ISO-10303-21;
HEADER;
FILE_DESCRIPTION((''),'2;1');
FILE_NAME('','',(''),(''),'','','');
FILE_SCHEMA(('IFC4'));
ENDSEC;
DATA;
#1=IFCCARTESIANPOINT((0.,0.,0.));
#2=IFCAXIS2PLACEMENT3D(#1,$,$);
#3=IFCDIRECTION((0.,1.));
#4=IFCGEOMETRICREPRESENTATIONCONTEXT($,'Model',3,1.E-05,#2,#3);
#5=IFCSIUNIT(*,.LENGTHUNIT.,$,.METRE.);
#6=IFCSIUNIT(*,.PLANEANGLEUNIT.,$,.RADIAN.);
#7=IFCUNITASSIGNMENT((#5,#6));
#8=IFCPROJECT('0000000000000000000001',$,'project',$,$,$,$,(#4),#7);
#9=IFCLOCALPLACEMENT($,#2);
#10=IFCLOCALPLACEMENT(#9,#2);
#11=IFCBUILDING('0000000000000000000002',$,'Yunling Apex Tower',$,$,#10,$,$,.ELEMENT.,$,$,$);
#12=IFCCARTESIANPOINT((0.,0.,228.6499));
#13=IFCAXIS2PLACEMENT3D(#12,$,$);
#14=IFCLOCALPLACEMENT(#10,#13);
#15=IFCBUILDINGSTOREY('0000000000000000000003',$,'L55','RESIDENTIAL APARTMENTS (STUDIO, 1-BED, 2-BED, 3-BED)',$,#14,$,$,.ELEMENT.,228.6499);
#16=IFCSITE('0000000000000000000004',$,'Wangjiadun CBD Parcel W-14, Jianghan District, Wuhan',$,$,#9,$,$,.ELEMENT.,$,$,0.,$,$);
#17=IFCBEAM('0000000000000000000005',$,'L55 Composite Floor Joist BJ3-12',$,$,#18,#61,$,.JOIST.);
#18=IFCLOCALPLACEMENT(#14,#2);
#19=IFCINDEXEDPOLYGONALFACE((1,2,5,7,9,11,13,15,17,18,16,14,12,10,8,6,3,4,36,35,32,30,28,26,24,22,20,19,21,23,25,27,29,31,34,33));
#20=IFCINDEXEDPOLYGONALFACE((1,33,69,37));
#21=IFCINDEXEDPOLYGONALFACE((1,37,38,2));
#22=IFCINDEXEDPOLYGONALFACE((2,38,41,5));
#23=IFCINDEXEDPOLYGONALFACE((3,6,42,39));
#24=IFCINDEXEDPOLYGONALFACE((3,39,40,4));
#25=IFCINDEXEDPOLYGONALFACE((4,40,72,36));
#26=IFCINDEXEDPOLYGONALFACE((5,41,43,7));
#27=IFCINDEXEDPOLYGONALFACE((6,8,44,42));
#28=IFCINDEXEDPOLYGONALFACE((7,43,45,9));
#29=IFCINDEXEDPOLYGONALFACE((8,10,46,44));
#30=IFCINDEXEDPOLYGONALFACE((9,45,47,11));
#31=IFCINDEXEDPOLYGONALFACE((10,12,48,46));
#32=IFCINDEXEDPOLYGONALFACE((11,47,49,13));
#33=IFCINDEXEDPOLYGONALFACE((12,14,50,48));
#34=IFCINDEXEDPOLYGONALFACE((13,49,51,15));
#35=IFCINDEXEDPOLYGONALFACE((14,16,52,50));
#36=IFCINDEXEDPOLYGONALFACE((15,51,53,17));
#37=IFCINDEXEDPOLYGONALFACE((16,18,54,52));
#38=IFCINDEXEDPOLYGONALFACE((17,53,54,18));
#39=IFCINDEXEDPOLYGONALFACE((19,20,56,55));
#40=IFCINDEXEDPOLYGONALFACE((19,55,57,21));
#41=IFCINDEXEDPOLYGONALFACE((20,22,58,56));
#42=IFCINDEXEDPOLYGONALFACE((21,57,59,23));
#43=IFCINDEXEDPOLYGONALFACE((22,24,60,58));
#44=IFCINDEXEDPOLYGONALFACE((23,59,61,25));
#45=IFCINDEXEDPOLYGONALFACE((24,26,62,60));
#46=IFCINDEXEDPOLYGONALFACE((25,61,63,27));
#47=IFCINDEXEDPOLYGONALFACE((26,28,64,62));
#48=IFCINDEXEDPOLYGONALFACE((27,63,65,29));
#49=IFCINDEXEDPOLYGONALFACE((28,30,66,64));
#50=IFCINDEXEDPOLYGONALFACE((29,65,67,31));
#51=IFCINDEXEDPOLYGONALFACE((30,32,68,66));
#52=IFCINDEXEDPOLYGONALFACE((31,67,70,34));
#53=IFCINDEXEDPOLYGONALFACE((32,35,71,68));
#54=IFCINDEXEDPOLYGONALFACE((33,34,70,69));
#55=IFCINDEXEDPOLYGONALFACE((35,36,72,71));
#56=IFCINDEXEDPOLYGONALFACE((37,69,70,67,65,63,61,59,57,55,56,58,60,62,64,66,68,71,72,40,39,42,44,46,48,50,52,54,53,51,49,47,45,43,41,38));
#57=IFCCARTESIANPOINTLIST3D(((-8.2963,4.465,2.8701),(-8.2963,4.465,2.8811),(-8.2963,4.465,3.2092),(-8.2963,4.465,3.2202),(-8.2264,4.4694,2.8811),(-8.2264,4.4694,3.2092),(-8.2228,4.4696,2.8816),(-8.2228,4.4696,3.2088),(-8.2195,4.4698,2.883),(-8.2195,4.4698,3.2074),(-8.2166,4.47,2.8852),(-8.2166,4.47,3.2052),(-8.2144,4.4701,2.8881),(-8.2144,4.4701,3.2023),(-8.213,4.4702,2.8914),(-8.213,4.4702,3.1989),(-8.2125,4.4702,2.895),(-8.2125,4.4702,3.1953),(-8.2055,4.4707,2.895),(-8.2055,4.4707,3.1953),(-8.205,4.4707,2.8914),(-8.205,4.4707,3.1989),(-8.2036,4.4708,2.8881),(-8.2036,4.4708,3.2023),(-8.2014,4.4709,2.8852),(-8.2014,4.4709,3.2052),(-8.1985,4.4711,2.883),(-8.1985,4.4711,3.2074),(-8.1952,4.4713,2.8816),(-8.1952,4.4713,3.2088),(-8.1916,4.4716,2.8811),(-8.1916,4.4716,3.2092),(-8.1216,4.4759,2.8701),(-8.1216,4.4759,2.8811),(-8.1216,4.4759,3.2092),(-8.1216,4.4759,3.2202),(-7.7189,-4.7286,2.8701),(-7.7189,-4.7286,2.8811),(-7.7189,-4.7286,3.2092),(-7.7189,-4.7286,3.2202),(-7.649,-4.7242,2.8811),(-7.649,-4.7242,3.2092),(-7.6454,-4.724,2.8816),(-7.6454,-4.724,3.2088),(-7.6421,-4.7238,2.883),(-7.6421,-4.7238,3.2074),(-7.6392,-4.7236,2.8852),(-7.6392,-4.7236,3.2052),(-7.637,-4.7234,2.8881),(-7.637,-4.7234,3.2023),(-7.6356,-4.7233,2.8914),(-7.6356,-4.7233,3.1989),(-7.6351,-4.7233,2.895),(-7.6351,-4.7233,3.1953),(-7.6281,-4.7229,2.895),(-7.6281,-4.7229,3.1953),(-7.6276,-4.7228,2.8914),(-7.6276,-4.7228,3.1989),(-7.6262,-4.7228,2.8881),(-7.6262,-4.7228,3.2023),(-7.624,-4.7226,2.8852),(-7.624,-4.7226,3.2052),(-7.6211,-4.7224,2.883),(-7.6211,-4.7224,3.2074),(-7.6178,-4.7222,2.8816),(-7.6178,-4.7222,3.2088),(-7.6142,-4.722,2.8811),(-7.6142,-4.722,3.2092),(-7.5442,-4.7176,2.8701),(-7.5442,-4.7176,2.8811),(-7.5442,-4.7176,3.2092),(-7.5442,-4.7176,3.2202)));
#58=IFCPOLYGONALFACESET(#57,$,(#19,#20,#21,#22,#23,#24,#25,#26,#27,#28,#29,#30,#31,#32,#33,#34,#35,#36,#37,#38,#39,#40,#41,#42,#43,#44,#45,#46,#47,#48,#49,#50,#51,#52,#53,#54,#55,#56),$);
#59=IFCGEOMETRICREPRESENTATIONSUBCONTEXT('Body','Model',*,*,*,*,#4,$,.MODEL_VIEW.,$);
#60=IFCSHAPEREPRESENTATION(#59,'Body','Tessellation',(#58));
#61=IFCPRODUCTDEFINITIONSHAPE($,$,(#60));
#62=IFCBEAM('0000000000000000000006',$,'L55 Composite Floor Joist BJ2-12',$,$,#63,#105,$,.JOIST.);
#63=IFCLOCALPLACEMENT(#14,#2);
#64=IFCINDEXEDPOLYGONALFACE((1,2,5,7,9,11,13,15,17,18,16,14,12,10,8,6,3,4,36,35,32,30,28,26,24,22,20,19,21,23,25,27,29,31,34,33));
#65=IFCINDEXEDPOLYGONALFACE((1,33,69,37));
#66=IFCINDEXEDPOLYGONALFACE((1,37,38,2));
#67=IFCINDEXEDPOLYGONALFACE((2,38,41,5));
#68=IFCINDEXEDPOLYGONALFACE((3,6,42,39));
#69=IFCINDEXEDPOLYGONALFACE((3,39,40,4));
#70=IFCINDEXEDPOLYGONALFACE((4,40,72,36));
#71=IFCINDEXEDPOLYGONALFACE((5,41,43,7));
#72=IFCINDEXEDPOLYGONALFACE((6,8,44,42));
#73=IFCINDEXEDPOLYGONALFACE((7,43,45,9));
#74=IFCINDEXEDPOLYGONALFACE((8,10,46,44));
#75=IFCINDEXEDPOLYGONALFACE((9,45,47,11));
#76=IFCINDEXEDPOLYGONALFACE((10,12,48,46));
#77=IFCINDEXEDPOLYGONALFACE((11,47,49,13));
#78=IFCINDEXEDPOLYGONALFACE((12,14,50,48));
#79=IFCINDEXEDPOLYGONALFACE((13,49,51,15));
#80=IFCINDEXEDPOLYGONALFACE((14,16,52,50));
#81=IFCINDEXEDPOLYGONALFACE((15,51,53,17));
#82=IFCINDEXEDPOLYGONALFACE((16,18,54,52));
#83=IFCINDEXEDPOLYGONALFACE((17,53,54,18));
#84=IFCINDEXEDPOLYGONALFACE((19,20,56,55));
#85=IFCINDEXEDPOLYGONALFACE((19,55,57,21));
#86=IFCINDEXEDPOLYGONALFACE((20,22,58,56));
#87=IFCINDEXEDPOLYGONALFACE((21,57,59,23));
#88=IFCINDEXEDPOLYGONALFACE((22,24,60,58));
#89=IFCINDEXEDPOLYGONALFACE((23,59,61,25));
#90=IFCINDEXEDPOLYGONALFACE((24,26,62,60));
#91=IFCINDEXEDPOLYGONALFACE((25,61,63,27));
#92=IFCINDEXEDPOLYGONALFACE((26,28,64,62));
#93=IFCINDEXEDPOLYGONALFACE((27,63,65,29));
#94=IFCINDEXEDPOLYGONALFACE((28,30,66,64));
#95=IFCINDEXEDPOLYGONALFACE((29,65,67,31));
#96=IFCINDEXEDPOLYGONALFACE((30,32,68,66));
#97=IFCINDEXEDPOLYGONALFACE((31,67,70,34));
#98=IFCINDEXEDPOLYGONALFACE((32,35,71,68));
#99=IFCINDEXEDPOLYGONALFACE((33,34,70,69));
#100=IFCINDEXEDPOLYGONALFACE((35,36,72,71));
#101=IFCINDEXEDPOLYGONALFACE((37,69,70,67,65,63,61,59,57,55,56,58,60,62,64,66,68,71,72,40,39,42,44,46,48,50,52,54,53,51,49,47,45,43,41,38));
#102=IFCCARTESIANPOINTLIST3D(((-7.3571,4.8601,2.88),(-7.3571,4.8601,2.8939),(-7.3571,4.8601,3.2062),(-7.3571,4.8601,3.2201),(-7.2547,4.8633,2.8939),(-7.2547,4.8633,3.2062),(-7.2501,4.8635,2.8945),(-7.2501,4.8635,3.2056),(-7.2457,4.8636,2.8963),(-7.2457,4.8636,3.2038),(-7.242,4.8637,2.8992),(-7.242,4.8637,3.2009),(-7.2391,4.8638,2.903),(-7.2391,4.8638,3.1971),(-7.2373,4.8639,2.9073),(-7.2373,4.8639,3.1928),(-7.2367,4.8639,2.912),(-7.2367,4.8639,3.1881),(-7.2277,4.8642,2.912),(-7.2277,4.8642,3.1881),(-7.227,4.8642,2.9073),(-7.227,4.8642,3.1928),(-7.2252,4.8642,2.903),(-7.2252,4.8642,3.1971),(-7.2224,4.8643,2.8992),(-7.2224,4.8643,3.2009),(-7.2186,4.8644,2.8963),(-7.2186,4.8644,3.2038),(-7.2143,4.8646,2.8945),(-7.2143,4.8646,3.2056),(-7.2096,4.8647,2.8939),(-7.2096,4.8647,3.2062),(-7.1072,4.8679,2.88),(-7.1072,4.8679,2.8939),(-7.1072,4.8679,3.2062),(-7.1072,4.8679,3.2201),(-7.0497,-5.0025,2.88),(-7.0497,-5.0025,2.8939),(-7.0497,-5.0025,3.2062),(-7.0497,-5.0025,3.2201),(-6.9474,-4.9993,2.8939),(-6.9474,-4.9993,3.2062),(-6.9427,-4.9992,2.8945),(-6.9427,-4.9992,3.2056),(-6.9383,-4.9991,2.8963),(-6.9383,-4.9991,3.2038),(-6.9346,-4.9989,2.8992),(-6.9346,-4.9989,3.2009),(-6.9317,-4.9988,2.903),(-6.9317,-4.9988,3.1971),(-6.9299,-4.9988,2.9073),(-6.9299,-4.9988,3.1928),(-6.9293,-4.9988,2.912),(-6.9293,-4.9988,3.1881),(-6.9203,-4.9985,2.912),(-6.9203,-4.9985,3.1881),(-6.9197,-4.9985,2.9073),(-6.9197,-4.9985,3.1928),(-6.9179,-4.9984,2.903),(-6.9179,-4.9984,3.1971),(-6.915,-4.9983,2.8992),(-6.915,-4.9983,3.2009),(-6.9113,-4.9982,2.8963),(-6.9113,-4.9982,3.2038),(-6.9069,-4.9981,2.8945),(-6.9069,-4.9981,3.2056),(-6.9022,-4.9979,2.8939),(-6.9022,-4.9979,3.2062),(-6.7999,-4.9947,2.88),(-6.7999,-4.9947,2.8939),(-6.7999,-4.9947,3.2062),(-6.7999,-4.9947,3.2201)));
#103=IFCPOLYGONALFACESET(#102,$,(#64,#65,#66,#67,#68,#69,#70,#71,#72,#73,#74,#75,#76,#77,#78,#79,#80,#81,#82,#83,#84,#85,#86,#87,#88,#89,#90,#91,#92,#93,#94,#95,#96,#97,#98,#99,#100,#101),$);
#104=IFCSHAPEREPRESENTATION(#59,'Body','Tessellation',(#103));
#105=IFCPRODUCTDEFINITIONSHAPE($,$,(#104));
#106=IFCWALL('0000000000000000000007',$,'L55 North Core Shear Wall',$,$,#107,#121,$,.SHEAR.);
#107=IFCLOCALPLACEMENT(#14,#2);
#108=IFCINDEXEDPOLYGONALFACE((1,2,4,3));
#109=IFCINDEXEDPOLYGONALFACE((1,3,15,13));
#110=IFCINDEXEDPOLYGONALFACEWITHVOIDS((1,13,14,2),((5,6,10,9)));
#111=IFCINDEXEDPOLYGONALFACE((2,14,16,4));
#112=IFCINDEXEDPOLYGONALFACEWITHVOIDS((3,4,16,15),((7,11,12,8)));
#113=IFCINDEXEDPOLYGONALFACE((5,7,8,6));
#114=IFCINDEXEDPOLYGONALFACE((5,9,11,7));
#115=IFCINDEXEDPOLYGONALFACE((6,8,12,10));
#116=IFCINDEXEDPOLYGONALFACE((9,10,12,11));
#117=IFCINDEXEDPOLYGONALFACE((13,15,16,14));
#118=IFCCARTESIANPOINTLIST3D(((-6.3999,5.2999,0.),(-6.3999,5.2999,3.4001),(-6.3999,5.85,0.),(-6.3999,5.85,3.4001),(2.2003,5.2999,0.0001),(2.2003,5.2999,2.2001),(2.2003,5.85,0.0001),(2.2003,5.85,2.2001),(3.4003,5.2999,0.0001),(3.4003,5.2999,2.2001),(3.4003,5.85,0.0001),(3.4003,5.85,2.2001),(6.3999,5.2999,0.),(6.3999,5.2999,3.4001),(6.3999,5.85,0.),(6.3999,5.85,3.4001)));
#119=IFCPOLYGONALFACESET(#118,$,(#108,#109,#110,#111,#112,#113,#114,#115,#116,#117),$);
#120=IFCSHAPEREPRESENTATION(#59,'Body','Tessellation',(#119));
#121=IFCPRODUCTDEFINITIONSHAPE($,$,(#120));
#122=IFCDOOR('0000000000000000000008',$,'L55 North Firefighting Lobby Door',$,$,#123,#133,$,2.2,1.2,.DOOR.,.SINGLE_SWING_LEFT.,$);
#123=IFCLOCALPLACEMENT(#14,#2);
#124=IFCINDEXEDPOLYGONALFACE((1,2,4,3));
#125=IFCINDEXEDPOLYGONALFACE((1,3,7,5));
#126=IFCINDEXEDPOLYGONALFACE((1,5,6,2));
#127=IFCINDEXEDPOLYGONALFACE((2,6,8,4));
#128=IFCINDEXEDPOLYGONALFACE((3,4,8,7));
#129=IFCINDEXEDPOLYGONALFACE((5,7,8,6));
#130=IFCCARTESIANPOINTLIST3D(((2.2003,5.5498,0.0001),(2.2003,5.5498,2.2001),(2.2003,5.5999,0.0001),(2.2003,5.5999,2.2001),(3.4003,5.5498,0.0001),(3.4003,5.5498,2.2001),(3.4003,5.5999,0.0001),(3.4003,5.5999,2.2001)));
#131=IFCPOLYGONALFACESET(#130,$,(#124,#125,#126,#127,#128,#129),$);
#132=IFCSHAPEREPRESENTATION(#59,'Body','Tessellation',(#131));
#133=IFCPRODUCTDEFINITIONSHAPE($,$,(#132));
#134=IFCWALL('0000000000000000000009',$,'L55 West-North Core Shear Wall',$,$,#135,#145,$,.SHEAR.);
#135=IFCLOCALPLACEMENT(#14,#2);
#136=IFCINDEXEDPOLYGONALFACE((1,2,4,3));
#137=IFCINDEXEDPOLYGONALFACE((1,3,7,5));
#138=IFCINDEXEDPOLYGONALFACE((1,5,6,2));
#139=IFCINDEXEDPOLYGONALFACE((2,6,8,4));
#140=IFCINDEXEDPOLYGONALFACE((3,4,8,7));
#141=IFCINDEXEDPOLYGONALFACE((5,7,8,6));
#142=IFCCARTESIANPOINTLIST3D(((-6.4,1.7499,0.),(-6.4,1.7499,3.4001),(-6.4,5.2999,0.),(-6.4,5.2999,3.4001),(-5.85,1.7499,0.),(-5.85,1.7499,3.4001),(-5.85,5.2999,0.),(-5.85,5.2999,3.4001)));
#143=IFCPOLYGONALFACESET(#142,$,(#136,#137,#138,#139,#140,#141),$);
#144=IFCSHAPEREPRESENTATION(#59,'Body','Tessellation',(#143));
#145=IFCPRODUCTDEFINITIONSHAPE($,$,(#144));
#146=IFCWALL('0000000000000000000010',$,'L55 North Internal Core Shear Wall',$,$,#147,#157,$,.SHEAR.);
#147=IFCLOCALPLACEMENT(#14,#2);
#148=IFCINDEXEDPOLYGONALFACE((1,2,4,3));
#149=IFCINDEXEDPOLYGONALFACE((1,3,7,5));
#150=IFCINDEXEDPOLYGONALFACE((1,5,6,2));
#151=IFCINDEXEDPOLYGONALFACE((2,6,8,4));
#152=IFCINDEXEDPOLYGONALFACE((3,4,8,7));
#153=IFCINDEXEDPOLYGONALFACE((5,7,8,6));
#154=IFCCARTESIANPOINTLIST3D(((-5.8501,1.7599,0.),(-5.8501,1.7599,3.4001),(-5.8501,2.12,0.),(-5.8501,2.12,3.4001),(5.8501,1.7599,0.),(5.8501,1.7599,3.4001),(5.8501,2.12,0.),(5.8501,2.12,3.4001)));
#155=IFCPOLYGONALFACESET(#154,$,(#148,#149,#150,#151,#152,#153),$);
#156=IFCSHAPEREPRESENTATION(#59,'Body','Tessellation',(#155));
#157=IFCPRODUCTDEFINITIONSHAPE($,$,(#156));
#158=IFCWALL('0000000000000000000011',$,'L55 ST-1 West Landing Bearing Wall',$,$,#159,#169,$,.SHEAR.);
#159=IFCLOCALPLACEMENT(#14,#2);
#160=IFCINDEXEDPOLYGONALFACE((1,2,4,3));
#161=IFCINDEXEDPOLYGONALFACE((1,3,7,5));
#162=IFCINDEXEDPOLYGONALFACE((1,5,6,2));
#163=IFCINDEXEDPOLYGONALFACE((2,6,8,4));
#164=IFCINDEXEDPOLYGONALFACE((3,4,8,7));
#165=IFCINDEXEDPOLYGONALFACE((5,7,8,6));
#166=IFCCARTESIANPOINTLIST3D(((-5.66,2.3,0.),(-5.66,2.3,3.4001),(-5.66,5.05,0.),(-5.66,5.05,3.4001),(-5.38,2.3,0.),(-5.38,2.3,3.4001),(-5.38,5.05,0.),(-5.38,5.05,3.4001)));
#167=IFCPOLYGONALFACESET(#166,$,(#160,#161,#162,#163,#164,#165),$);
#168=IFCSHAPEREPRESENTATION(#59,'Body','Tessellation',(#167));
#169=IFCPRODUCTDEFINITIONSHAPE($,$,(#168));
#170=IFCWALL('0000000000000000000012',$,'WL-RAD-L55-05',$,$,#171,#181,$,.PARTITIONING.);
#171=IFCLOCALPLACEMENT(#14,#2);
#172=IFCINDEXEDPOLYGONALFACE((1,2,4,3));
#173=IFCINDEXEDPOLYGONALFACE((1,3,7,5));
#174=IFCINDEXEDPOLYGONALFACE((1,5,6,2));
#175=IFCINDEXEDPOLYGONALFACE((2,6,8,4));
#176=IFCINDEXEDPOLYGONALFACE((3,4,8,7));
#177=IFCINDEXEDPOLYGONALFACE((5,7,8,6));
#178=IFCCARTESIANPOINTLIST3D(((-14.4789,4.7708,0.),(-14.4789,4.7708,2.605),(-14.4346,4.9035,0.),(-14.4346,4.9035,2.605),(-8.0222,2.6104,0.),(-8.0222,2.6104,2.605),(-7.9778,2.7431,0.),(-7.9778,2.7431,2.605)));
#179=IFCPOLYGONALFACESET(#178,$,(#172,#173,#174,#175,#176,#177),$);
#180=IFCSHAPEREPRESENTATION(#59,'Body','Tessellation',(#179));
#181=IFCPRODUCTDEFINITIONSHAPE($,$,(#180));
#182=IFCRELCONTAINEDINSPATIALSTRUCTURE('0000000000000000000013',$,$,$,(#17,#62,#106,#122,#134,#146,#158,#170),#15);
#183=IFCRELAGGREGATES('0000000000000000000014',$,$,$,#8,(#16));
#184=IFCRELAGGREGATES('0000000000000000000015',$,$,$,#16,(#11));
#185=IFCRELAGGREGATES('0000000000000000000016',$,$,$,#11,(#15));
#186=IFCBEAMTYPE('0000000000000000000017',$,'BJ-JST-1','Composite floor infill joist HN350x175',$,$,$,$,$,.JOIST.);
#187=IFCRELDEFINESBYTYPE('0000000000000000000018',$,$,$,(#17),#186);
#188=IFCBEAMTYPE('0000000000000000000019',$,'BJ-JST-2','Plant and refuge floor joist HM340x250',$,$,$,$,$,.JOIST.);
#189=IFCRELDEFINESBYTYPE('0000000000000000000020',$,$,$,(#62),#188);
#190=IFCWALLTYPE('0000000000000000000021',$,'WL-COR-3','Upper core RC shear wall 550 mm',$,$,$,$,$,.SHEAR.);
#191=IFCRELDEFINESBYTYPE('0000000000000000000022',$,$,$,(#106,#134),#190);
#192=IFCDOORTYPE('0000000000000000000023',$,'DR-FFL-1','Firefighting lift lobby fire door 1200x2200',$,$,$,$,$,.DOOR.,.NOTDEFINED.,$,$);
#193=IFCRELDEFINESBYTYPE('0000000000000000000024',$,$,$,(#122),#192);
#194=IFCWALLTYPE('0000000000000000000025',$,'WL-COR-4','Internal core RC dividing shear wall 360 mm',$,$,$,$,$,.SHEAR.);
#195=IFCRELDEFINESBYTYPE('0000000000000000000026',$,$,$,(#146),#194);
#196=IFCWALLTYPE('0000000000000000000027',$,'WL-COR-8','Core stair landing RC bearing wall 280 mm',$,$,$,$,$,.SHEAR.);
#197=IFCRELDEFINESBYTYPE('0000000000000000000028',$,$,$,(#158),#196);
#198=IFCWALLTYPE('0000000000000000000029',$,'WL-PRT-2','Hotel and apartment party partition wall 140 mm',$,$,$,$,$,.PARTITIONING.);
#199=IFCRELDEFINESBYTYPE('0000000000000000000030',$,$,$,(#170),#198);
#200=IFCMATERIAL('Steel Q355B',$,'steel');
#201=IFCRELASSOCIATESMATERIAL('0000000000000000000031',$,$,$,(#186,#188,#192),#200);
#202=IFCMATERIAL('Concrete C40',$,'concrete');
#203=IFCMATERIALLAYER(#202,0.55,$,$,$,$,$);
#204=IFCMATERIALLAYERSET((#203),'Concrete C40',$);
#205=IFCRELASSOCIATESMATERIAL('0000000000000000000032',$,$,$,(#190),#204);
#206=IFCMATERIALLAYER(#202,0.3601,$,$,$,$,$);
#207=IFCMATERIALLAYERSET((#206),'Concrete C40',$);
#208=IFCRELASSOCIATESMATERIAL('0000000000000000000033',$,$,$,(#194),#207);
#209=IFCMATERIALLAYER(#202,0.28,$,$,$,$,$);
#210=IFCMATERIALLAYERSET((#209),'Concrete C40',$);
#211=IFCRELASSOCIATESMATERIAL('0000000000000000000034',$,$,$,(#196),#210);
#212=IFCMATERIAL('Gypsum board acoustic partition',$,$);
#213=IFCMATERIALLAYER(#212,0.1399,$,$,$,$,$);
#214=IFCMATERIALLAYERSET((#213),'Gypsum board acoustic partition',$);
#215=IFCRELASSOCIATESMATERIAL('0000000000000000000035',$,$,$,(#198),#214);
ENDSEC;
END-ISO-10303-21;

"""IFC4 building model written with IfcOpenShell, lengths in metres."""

from ifc_helpers import new_model, si_unit, direction, frame, frame_2d, origin, origin_2d, place, context, subcontext, project, spatial, rectangle, i_section, extrude, source, transform, mapped, material, layer, layer_set, material_profile, profile_set, type_object, element, fill, save


model = new_model("IFC4")

# Units and contexts
model_context = context("Model", 3, precision=1e-05, world=origin(), true_north=direction((0.0, 1.0)))
body_context = subcontext(model_context, "Body", "Model", "MODEL_VIEW")
ifc_project = project(units=[si_unit("LENGTHUNIT", "METRE"), si_unit("PLANEANGLEUNIT", "RADIAN")], contexts=[model_context])

# Site, building, storey
site_placement = place(None, origin())
site = spatial("IfcSite", under=ifc_project, at=site_placement, Name="Wangjiadun CBD Parcel W-14, Jianghan District, Wuhan", CompositionType="ELEMENT", RefElevation=0.0)
building_placement = place(site_placement, origin())
building = spatial("IfcBuilding", under=site, at=building_placement, Name="Yunling Apex Tower", CompositionType="ELEMENT")
storey_placement = place(building_placement, frame((0.0, 0.0, 228.6499)))
storey = spatial("IfcBuildingStorey", under=building, at=storey_placement, Name="L55", Description="RESIDENTIAL APARTMENTS (STUDIO, 1-BED, 2-BED, 3-BED)", CompositionType="ELEMENT", Elevation=228.6499)

# Beams
ifc_material_1 = material(Name="Steel Q355B", Category="steel")
ifc_material_profile_1 = material_profile(ifc_material_1, i_section(OverallWidth=0.175, OverallDepth=0.3501, WebThickness=0.0071, FlangeThickness=0.011, FilletRadius=0.0139, at=origin_2d()))
ifc_profile_set_1 = profile_set([ifc_material_profile_1], Name="Steel Q355B")
beam_type_1 = type_object("IfcBeamType", Name="BJ-JST-1", Description="Composite floor infill joist HN350x175", PredefinedType="JOIST", material=ifc_profile_set_1)
shared_shape_1 = source(origin(), body_context, "Body", "SweptSolid", [
    extrude(i_section(OverallWidth=0.175, OverallDepth=0.3501, WebThickness=0.0071, FlangeThickness=0.011, FilletRadius=0.0139, at=origin_2d()), origin(), (0.0, 0.0, 1.0), 9.2117),
])
beam_1_placement = place(storey_placement, frame((-8.209, 4.4705, 3.0452), z_axis=(0.06268, -0.998034, 0.0), x_axis=(0.998034, 0.06268, 0.0)))
element("IfcBeam", 1, at=beam_1_placement, inside=storey, type_object=beam_type_1, Name="L55 Composite Floor Joist BJ3-12", PredefinedType="JOIST", context=body_context, shape_type="MappedRepresentation", body=[
    mapped(shared_shape_1, transform((0.0, 0.0, 0.0), scale=1.0)),
])
ifc_material_profile_2 = material_profile(ifc_material_1, i_section(OverallWidth=0.25, OverallDepth=0.3401, WebThickness=0.009, FlangeThickness=0.0139, FilletRadius=0.0181, at=origin_2d()))
ifc_profile_set_2 = profile_set([ifc_material_profile_2], Name="Steel Q355B")
beam_type_2 = type_object("IfcBeamType", Name="BJ-JST-2", Description="Plant and refuge floor joist HM340x250", PredefinedType="JOIST", material=ifc_profile_set_2)
shared_shape_2 = source(origin(), body_context, "Body", "SweptSolid", [
    extrude(i_section(OverallWidth=0.25, OverallDepth=0.3401, WebThickness=0.009, FlangeThickness=0.0139, FilletRadius=0.0181, at=origin_2d()), origin(), (0.0, 0.0, 1.0), 9.8674),
])
beam_2_placement = place(storey_placement, frame((-7.2322, 4.864, 3.05), z_axis=(0.031151, -0.999515, 0.0), x_axis=(0.999515, 0.031151, 0.0)))
element("IfcBeam", 2, at=beam_2_placement, inside=storey, type_object=beam_type_2, Name="L55 Composite Floor Joist BJ2-12", PredefinedType="JOIST", context=body_context, shape_type="MappedRepresentation", body=[
    mapped(shared_shape_2, transform((0.0, 0.0, 0.0), scale=1.0)),
])

# Wall, opening, door
ifc_material_2 = material(Name="Concrete C40", Category="concrete")
ifc_layer_1 = layer(ifc_material_2, 0.55)
ifc_layer_set_1 = layer_set([ifc_layer_1], Name="Concrete C40")
wall_type_1 = type_object("IfcWallType", Name="WL-COR-3", Description="Upper core RC shear wall 550 mm", PredefinedType="SHEAR", material=ifc_layer_set_1)
wall_1_placement = place(storey_placement, frame((-6.3999, 5.575, 0.0), z_axis=(0.0, 0.0, 1.0), x_axis=(1.0, 0.0, 0.0)))
wall_1 = element("IfcWall", 3, at=wall_1_placement, inside=storey, type_object=wall_type_1, Name="L55 North Core Shear Wall", PredefinedType="SHEAR", context=body_context, shape_type="SweptSolid", body=[
    extrude(rectangle(XDim=12.7998, YDim=0.55, at=frame_2d((6.3999, 0.0))), origin(), (0.0, 0.0, 1.0), 3.4001),
])
opening_placement = place(wall_1_placement, frame((8.6001, 0.0, 0.0)))
opening = element("IfcOpeningElement", 4, at=opening_placement, cuts=wall_1, PredefinedType="OPENING", context=body_context, shape_type="SweptSolid", body=[
    extrude(rectangle(XDim=1.2, YDim=2.2, at=frame_2d((0.6001, 1.1001))), frame((0.0, 0.2852, 0.0), z_axis=(0.0, -1.0, 0.0), x_axis=(1.0, 0.0, 0.0)), (0.0, 0.0, 1.0), 0.5701),
])
door_type = type_object("IfcDoorType", Name="DR-FFL-1", Description="Firefighting lift lobby fire door 1200x2200", OperationType="NOTDEFINED", PredefinedType="DOOR", material=ifc_material_1)
door_placement = place(opening_placement, origin())
door = element("IfcDoor", 5, at=door_placement, inside=storey, type_object=door_type, Name="L55 North Firefighting Lobby Door", OperationType="SINGLE_SWING_LEFT", OverallHeight=2.2, OverallWidth=1.2, PredefinedType="DOOR", context=body_context, shape_type="SweptSolid", body=[
    extrude(rectangle(XDim=1.2, YDim=2.2, at=frame_2d((0.6001, 1.1001))), frame((0.0, 0.0249, 0.0), z_axis=(0.0, -1.0, 0.0), x_axis=(1.0, 0.0, 0.0)), (0.0, 0.0, 1.0), 0.05),
])
fill(opening, door)

# Walls
wall_2_placement = place(storey_placement, frame((-6.125, 1.75, 0.0), z_axis=(0.0, 0.0, 1.0), x_axis=(0.0, 1.0, 0.0)))
element("IfcWall", 6, at=wall_2_placement, inside=storey, type_object=wall_type_1, Name="L55 West-North Core Shear Wall", PredefinedType="SHEAR", context=body_context, shape_type="SweptSolid", body=[
    extrude(rectangle(XDim=3.55, YDim=0.55, at=frame_2d((1.7749, 0.0))), origin(), (0.0, 0.0, 1.0), 3.4001),
])
ifc_layer_2 = layer(ifc_material_2, 0.3601)
ifc_layer_set_2 = layer_set([ifc_layer_2], Name="Concrete C40")
wall_type_2 = type_object("IfcWallType", Name="WL-COR-4", Description="Internal core RC dividing shear wall 360 mm", PredefinedType="SHEAR", material=ifc_layer_set_2)
wall_3_placement = place(storey_placement, frame((-5.8501, 1.9399, 0.0), z_axis=(0.0, 0.0, 1.0), x_axis=(1.0, 0.0, 0.0)))
element("IfcWall", 7, at=wall_3_placement, inside=storey, type_object=wall_type_2, Name="L55 North Internal Core Shear Wall", PredefinedType="SHEAR", context=body_context, shape_type="SweptSolid", body=[
    extrude(rectangle(XDim=11.7002, YDim=0.3601, at=frame_2d((5.8501, 0.0))), origin(), (0.0, 0.0, 1.0), 3.4001),
])
ifc_layer_3 = layer(ifc_material_2, 0.28)
ifc_layer_set_3 = layer_set([ifc_layer_3], Name="Concrete C40")
wall_type_3 = type_object("IfcWallType", Name="WL-COR-8", Description="Core stair landing RC bearing wall 280 mm", PredefinedType="SHEAR", material=ifc_layer_set_3)
wall_4_placement = place(storey_placement, frame((-5.52, 2.3, 0.0), z_axis=(0.0, 0.0, 1.0), x_axis=(0.0, 1.0, 0.0)))
element("IfcWall", 8, at=wall_4_placement, inside=storey, type_object=wall_type_3, Name="L55 ST-1 West Landing Bearing Wall", PredefinedType="SHEAR", context=body_context, shape_type="SweptSolid", body=[
    extrude(rectangle(XDim=2.75, YDim=0.28, at=frame_2d((1.375, 0.0))), origin(), (0.0, 0.0, 1.0), 3.4001),
])
ifc_material_3 = material(Name="Gypsum board acoustic partition")
ifc_layer_4 = layer(ifc_material_3, 0.1399)
ifc_layer_set_4 = layer_set([ifc_layer_4], Name="Gypsum board acoustic partition")
wall_type_4 = type_object("IfcWallType", Name="WL-PRT-2", Description="Hotel and apartment party partition wall 140 mm", PredefinedType="PARTITIONING", material=ifc_layer_set_4)
wall_5_placement = place(storey_placement, frame((-8.0, 2.6768, 0.0), z_axis=(0.0, 0.0, 1.0), x_axis=(-0.948324, 0.317303, 0.0)))
element("IfcWall", 9, at=wall_5_placement, inside=storey, type_object=wall_type_4, Name="WL-RAD-L55-05", PredefinedType="PARTITIONING", context=body_context, shape_type="SweptSolid", body=[
    extrude(rectangle(XDim=6.8086, YDim=0.1399, at=frame_2d((3.4043, 0.0))), origin(), (0.0, 0.0, 1.0), 2.605),
])

save(model, "model.ifc")
